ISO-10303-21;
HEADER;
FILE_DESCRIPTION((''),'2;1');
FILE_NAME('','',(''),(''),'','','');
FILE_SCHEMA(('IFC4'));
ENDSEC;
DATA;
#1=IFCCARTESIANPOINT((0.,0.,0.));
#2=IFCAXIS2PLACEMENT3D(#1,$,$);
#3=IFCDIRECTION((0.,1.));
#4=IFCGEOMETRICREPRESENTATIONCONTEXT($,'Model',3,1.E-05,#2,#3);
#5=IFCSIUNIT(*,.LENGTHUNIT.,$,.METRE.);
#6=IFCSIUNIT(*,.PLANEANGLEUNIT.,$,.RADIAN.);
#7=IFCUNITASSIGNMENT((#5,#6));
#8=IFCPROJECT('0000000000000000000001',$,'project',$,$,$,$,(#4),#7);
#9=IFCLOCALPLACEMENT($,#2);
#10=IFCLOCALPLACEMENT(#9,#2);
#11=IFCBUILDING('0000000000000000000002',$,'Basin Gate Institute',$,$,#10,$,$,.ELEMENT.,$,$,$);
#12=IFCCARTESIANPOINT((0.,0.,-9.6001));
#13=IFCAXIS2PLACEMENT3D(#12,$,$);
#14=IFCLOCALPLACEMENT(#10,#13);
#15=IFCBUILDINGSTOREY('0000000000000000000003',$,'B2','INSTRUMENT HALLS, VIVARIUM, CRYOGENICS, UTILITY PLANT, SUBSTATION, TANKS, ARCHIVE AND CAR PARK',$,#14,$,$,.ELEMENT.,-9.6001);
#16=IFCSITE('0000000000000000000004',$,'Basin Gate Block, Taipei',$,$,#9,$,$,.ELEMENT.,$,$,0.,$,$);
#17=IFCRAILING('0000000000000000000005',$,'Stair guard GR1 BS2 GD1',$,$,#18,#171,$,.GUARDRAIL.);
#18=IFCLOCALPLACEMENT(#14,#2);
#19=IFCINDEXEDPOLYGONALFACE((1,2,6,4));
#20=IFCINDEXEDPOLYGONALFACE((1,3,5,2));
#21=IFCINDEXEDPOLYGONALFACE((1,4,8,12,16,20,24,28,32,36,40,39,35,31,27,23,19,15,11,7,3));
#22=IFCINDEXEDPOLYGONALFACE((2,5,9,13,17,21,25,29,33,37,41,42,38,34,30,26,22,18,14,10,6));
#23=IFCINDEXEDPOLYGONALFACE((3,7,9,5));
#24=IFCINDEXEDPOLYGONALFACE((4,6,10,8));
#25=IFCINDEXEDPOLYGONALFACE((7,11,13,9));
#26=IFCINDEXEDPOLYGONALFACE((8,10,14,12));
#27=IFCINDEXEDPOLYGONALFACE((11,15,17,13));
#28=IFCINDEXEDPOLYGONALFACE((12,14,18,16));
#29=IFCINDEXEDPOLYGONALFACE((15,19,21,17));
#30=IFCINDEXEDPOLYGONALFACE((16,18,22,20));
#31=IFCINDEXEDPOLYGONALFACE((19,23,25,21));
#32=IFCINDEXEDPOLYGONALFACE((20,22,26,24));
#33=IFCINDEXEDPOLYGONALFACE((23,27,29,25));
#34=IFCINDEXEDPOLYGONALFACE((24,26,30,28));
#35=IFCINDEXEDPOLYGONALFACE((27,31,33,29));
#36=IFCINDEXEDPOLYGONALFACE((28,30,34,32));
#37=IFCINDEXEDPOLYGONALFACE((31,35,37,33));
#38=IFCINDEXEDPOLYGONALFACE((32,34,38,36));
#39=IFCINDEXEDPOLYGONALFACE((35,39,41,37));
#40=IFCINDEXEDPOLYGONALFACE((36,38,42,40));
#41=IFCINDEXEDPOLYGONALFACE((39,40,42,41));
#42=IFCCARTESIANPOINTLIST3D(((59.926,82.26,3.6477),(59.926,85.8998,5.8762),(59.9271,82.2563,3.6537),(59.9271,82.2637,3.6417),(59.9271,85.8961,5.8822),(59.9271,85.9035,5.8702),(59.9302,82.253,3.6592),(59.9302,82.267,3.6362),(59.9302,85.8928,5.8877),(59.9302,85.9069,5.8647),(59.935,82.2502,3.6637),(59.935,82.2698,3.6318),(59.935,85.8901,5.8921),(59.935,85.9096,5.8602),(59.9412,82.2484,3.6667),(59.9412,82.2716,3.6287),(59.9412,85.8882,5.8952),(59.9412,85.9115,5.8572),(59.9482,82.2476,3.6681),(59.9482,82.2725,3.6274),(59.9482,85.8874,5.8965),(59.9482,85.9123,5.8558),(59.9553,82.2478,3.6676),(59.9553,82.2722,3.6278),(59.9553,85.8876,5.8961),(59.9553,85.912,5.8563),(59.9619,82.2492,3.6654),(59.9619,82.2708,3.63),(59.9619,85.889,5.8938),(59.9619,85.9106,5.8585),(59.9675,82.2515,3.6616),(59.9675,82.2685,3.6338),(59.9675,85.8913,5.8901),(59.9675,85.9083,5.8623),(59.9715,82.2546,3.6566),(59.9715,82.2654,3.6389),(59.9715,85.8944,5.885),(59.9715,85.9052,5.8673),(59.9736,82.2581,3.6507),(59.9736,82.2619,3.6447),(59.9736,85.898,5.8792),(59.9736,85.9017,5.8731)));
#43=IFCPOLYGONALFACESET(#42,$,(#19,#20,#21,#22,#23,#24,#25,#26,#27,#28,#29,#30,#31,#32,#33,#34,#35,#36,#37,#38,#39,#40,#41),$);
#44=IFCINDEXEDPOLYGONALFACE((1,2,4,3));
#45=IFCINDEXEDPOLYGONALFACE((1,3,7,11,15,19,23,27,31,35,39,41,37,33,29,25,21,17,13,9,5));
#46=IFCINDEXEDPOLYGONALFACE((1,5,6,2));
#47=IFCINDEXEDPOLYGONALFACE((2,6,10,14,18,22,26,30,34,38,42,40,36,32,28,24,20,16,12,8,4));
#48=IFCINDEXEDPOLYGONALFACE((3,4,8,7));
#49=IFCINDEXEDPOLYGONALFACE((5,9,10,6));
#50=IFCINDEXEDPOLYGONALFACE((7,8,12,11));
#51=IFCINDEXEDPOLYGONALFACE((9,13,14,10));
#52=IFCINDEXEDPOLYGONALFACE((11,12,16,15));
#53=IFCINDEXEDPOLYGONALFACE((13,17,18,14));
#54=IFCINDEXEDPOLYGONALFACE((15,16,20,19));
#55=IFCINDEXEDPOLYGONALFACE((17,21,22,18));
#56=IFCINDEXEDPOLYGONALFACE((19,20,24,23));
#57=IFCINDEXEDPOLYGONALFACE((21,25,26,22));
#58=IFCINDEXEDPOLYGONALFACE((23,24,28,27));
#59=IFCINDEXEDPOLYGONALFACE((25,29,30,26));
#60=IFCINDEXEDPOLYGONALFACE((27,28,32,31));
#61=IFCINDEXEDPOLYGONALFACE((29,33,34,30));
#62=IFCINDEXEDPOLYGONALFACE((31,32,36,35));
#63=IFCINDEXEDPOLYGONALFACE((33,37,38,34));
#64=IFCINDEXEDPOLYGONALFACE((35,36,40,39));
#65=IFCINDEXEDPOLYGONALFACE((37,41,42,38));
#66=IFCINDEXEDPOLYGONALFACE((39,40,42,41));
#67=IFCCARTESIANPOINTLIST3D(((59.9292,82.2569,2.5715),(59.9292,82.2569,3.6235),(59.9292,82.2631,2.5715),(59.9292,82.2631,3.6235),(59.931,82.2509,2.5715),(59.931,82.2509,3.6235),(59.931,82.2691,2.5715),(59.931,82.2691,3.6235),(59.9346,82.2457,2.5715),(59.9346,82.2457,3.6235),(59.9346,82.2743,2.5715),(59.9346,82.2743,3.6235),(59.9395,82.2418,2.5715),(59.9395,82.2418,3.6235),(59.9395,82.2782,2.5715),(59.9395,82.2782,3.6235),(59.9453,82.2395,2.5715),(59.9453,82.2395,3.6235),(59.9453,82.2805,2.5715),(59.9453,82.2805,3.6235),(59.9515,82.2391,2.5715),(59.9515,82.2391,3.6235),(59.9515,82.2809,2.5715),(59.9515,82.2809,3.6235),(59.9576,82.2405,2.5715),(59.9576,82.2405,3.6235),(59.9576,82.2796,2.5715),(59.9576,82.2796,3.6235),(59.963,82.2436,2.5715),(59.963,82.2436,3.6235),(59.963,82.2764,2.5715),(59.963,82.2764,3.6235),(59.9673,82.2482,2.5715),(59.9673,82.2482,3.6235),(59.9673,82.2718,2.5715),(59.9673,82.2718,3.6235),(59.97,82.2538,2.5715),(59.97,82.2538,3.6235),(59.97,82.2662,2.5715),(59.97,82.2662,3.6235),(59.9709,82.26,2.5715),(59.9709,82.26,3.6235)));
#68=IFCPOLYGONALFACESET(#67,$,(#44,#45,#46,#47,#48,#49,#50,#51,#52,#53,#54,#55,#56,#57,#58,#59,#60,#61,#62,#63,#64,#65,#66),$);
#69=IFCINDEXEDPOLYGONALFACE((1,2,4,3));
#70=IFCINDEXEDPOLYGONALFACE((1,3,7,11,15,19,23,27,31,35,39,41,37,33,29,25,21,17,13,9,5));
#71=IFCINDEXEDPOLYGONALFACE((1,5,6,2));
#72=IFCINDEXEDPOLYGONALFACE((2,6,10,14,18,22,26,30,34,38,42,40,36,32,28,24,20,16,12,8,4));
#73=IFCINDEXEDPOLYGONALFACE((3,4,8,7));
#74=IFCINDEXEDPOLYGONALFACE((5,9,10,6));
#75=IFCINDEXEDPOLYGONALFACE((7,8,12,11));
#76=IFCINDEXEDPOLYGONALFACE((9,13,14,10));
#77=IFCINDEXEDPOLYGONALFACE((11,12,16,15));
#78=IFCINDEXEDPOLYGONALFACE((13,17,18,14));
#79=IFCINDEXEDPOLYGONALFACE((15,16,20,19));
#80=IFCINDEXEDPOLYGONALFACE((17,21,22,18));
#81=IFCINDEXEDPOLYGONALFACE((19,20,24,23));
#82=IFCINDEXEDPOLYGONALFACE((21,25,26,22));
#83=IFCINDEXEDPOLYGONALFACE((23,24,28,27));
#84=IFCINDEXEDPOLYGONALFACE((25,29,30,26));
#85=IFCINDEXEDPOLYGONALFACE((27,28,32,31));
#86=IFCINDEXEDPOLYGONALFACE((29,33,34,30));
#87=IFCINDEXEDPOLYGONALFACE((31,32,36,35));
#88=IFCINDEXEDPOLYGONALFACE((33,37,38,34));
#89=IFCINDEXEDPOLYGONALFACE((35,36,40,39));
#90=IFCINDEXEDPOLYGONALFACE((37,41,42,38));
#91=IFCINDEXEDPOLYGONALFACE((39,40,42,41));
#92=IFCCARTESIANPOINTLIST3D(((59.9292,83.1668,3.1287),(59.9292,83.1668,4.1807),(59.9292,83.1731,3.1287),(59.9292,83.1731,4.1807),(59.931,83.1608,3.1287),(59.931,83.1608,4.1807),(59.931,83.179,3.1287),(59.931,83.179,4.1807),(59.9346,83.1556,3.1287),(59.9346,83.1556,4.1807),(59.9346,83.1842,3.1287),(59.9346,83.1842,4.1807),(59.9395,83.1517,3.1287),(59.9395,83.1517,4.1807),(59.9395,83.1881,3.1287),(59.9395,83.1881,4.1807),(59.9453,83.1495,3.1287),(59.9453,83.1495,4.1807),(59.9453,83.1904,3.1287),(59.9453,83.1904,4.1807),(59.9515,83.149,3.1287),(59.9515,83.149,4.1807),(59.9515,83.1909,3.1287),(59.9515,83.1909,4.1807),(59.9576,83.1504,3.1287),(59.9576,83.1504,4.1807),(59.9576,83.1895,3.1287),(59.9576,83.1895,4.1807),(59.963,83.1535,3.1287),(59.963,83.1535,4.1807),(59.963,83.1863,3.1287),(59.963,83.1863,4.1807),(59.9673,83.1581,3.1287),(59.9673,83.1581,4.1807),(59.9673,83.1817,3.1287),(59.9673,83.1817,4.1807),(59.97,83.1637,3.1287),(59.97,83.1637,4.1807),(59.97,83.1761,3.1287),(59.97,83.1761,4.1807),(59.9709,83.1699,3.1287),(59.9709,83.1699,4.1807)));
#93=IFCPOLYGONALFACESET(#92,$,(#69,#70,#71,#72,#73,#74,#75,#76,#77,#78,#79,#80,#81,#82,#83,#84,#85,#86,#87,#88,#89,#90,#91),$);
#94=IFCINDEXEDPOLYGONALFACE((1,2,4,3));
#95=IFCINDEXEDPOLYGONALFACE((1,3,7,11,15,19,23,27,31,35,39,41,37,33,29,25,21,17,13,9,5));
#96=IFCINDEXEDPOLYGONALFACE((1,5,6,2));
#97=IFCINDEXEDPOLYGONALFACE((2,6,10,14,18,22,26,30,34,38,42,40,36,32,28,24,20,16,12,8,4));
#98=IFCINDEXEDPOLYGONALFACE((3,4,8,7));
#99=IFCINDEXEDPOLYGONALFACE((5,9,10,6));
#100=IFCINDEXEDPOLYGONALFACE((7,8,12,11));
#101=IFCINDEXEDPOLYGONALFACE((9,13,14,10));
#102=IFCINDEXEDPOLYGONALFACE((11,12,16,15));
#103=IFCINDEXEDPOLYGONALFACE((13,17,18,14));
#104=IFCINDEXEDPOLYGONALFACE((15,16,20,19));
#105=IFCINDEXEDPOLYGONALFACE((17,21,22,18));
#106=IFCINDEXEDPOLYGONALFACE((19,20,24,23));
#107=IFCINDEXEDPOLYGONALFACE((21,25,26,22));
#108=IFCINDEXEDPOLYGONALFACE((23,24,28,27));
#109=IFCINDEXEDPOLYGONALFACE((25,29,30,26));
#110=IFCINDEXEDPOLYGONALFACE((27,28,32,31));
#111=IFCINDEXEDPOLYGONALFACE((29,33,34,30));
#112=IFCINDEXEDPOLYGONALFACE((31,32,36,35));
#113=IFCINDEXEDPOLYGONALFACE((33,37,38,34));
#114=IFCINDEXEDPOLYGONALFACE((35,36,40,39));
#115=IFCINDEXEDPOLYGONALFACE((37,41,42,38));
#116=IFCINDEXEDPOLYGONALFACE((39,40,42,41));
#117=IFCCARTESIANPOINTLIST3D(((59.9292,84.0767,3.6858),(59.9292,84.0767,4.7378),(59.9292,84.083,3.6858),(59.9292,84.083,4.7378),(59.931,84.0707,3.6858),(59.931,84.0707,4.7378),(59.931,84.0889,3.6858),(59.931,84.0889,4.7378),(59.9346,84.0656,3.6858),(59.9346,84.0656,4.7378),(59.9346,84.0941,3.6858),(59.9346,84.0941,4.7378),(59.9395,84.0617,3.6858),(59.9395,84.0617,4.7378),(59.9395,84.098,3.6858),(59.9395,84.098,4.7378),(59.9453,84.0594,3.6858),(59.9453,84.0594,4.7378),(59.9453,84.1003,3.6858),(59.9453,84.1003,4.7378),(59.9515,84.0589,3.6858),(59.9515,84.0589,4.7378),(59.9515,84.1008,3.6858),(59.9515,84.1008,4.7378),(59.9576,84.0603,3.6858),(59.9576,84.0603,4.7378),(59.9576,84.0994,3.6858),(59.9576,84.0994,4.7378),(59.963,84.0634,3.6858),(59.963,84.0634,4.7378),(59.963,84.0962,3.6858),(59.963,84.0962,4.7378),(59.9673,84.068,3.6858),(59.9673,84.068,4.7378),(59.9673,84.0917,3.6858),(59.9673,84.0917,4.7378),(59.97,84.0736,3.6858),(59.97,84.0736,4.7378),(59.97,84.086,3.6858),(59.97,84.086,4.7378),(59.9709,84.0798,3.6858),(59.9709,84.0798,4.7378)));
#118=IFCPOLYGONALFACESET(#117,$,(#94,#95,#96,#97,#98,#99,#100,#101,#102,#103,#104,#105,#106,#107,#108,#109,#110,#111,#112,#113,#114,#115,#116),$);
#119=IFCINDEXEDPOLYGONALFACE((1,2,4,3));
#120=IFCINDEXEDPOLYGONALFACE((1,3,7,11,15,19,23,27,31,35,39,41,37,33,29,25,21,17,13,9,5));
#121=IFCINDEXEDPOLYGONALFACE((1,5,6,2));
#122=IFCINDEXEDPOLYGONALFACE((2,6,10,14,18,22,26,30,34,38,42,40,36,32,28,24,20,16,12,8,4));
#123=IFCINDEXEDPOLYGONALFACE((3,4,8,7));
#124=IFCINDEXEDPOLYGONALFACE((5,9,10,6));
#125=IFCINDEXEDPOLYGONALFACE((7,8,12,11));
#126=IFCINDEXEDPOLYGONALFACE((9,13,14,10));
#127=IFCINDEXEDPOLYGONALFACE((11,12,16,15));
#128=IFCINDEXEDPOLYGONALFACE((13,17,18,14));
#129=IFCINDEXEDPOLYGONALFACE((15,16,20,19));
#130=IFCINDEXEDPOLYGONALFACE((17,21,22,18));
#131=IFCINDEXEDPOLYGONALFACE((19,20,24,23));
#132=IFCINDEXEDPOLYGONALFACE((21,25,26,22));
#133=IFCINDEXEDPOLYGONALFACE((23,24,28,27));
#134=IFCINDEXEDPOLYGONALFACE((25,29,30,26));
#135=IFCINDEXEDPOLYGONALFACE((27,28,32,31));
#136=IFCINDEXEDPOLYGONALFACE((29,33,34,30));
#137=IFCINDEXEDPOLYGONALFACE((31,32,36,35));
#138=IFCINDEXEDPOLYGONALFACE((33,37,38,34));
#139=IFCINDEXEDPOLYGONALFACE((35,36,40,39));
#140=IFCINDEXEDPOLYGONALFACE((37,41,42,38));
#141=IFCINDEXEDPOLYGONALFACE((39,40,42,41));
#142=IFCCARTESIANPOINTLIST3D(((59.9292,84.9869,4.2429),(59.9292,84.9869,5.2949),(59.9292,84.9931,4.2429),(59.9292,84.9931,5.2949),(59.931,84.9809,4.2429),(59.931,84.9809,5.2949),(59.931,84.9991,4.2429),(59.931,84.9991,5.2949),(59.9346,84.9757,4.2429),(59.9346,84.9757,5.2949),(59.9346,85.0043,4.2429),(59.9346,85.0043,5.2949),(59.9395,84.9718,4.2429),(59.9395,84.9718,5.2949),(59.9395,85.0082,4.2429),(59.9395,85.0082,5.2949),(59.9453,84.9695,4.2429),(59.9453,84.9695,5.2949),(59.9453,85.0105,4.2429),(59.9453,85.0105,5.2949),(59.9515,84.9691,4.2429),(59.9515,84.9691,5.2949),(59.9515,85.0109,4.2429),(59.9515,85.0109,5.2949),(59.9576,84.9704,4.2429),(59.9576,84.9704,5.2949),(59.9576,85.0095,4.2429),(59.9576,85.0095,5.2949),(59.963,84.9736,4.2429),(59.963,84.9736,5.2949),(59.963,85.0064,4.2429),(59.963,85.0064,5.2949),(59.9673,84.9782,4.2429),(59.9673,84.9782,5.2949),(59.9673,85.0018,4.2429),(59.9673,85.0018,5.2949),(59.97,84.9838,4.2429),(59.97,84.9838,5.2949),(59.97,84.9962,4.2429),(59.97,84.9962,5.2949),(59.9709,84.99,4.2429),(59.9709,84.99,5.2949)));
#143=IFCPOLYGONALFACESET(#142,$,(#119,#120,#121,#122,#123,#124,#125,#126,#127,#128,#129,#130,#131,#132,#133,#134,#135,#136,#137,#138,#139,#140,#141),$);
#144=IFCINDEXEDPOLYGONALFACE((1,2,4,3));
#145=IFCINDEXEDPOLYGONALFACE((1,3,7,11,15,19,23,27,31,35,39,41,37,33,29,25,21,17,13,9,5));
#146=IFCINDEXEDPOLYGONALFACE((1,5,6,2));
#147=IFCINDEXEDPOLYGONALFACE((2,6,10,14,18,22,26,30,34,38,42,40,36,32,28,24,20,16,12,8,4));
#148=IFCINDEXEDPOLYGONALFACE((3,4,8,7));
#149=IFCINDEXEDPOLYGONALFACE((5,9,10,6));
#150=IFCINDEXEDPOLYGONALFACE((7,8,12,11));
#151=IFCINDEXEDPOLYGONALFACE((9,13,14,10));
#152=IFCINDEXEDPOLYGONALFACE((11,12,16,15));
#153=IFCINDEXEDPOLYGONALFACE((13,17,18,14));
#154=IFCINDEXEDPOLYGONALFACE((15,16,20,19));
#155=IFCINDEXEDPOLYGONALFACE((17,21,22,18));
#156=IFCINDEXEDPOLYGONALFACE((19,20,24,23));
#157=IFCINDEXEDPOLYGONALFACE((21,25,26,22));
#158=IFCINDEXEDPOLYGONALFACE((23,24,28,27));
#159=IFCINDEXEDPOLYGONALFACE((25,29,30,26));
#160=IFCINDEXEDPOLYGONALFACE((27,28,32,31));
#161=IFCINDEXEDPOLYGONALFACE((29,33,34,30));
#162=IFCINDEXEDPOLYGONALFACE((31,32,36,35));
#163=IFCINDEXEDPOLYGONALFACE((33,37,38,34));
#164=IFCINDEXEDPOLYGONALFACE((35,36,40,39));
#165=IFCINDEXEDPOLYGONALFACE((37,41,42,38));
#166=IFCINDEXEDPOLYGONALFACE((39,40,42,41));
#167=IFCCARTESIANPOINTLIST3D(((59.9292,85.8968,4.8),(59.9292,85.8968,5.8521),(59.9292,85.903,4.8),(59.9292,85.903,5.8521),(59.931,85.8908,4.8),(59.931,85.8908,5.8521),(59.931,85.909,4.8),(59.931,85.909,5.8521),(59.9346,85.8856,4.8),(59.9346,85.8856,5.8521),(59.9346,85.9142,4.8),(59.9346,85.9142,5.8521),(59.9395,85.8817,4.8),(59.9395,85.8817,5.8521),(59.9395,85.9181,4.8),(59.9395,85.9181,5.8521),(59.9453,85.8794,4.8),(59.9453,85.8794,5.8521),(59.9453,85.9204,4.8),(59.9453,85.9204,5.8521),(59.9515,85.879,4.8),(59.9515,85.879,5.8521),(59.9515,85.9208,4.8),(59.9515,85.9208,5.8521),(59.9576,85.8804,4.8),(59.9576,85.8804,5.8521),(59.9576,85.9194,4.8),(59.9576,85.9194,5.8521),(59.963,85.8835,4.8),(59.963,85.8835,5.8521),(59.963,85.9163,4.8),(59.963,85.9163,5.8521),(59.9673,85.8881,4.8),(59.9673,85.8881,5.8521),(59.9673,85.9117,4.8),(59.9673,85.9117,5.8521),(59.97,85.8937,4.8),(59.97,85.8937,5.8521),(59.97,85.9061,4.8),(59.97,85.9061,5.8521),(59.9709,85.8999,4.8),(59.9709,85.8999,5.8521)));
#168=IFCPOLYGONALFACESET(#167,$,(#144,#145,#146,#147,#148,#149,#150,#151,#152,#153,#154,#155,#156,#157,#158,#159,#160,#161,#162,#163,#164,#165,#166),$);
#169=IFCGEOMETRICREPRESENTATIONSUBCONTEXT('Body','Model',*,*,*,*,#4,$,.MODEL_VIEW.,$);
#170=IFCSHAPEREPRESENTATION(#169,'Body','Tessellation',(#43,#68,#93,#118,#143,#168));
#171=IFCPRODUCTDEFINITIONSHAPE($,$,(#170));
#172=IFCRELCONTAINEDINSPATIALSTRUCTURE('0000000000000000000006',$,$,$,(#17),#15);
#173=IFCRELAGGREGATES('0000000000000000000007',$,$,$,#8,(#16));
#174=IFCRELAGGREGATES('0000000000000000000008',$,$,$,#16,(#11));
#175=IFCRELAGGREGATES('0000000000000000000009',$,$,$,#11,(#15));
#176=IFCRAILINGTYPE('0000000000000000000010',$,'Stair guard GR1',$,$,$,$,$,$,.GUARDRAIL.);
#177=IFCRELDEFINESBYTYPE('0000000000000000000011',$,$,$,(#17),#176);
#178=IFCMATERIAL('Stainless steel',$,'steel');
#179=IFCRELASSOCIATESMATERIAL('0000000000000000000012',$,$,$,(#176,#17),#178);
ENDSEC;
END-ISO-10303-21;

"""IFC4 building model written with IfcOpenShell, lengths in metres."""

from ifc_helpers import new_model, si_unit, direction, frame, origin, origin_2d, place, context, subcontext, project, spatial, circle, extrude, material, type_object, element, save


model = new_model("IFC4")

# Units and contexts
model_context = context("Model", 3, precision=1e-05, world=origin(), true_north=direction((0.0, 1.0)))
body_context = subcontext(model_context, "Body", "Model", "MODEL_VIEW")
ifc_project = project(units=[si_unit("LENGTHUNIT", "METRE"), si_unit("PLANEANGLEUNIT", "RADIAN")], contexts=[model_context])

# Site, building, storey
site_placement = place(None, origin())
site = spatial("IfcSite", under=ifc_project, at=site_placement, Name="Basin Gate Block, Taipei", CompositionType="ELEMENT", RefElevation=0.0)
building_placement = place(site_placement, origin())
building = spatial("IfcBuilding", under=site, at=building_placement, Name="Basin Gate Institute", CompositionType="ELEMENT")
storey_placement = place(building_placement, frame((0.0, 0.0, -9.6001)))
storey = spatial("IfcBuildingStorey", under=building, at=storey_placement, Name="B2", Description="INSTRUMENT HALLS, VIVARIUM, CRYOGENICS, UTILITY PLANT, SUBSTATION, TANKS, ARCHIVE AND CAR PARK", CompositionType="ELEMENT", Elevation=-9.6001)

# Railing
ifc_material_1 = material(Name="Stainless steel", Category="steel")
railing_type_1 = type_object("IfcRailingType", Name="Stair guard GR1", PredefinedType="GUARDRAIL", material=ifc_material_1)
railing_1_placement = place(storey_placement, frame((59.95, 82.26, 2.5715)))
element("IfcRailing", 1, at=railing_1_placement, inside=storey, type_object=railing_type_1, material=ifc_material_1, Name="Stair guard GR1 BS2 GD1", PredefinedType="GUARDRAIL", context=body_context, shape_type="SweptSolid", body=[
    extrude(circle(Radius=0.0239, at=origin_2d()), frame((0.0, 0.0, 1.0762), z_axis=(0.0, 0.85285, 0.522156), x_axis=(-1.0, 0.0, 0.0)), (0.0, 0.0, 1.0), 4.2678),
    extrude(circle(Radius=0.021, at=origin_2d()), origin(), (0.0, 0.0, 1.0), 1.052),
    extrude(circle(Radius=0.021, at=origin_2d()), frame((0.0, 0.9099, 0.5571)), (0.0, 0.0, 1.0), 1.052),
    extrude(circle(Radius=0.021, at=origin_2d()), frame((0.0, 1.8198, 1.1143)), (0.0, 0.0, 1.0), 1.052),
    extrude(circle(Radius=0.021, at=origin_2d()), frame((0.0, 2.73, 1.6714)), (0.0, 0.0, 1.0), 1.052),
    extrude(circle(Radius=0.021, at=origin_2d()), frame((0.0, 3.6399, 2.2285)), (0.0, 0.0, 1.0), 1.052),
])

save(model, "model.ifc")
